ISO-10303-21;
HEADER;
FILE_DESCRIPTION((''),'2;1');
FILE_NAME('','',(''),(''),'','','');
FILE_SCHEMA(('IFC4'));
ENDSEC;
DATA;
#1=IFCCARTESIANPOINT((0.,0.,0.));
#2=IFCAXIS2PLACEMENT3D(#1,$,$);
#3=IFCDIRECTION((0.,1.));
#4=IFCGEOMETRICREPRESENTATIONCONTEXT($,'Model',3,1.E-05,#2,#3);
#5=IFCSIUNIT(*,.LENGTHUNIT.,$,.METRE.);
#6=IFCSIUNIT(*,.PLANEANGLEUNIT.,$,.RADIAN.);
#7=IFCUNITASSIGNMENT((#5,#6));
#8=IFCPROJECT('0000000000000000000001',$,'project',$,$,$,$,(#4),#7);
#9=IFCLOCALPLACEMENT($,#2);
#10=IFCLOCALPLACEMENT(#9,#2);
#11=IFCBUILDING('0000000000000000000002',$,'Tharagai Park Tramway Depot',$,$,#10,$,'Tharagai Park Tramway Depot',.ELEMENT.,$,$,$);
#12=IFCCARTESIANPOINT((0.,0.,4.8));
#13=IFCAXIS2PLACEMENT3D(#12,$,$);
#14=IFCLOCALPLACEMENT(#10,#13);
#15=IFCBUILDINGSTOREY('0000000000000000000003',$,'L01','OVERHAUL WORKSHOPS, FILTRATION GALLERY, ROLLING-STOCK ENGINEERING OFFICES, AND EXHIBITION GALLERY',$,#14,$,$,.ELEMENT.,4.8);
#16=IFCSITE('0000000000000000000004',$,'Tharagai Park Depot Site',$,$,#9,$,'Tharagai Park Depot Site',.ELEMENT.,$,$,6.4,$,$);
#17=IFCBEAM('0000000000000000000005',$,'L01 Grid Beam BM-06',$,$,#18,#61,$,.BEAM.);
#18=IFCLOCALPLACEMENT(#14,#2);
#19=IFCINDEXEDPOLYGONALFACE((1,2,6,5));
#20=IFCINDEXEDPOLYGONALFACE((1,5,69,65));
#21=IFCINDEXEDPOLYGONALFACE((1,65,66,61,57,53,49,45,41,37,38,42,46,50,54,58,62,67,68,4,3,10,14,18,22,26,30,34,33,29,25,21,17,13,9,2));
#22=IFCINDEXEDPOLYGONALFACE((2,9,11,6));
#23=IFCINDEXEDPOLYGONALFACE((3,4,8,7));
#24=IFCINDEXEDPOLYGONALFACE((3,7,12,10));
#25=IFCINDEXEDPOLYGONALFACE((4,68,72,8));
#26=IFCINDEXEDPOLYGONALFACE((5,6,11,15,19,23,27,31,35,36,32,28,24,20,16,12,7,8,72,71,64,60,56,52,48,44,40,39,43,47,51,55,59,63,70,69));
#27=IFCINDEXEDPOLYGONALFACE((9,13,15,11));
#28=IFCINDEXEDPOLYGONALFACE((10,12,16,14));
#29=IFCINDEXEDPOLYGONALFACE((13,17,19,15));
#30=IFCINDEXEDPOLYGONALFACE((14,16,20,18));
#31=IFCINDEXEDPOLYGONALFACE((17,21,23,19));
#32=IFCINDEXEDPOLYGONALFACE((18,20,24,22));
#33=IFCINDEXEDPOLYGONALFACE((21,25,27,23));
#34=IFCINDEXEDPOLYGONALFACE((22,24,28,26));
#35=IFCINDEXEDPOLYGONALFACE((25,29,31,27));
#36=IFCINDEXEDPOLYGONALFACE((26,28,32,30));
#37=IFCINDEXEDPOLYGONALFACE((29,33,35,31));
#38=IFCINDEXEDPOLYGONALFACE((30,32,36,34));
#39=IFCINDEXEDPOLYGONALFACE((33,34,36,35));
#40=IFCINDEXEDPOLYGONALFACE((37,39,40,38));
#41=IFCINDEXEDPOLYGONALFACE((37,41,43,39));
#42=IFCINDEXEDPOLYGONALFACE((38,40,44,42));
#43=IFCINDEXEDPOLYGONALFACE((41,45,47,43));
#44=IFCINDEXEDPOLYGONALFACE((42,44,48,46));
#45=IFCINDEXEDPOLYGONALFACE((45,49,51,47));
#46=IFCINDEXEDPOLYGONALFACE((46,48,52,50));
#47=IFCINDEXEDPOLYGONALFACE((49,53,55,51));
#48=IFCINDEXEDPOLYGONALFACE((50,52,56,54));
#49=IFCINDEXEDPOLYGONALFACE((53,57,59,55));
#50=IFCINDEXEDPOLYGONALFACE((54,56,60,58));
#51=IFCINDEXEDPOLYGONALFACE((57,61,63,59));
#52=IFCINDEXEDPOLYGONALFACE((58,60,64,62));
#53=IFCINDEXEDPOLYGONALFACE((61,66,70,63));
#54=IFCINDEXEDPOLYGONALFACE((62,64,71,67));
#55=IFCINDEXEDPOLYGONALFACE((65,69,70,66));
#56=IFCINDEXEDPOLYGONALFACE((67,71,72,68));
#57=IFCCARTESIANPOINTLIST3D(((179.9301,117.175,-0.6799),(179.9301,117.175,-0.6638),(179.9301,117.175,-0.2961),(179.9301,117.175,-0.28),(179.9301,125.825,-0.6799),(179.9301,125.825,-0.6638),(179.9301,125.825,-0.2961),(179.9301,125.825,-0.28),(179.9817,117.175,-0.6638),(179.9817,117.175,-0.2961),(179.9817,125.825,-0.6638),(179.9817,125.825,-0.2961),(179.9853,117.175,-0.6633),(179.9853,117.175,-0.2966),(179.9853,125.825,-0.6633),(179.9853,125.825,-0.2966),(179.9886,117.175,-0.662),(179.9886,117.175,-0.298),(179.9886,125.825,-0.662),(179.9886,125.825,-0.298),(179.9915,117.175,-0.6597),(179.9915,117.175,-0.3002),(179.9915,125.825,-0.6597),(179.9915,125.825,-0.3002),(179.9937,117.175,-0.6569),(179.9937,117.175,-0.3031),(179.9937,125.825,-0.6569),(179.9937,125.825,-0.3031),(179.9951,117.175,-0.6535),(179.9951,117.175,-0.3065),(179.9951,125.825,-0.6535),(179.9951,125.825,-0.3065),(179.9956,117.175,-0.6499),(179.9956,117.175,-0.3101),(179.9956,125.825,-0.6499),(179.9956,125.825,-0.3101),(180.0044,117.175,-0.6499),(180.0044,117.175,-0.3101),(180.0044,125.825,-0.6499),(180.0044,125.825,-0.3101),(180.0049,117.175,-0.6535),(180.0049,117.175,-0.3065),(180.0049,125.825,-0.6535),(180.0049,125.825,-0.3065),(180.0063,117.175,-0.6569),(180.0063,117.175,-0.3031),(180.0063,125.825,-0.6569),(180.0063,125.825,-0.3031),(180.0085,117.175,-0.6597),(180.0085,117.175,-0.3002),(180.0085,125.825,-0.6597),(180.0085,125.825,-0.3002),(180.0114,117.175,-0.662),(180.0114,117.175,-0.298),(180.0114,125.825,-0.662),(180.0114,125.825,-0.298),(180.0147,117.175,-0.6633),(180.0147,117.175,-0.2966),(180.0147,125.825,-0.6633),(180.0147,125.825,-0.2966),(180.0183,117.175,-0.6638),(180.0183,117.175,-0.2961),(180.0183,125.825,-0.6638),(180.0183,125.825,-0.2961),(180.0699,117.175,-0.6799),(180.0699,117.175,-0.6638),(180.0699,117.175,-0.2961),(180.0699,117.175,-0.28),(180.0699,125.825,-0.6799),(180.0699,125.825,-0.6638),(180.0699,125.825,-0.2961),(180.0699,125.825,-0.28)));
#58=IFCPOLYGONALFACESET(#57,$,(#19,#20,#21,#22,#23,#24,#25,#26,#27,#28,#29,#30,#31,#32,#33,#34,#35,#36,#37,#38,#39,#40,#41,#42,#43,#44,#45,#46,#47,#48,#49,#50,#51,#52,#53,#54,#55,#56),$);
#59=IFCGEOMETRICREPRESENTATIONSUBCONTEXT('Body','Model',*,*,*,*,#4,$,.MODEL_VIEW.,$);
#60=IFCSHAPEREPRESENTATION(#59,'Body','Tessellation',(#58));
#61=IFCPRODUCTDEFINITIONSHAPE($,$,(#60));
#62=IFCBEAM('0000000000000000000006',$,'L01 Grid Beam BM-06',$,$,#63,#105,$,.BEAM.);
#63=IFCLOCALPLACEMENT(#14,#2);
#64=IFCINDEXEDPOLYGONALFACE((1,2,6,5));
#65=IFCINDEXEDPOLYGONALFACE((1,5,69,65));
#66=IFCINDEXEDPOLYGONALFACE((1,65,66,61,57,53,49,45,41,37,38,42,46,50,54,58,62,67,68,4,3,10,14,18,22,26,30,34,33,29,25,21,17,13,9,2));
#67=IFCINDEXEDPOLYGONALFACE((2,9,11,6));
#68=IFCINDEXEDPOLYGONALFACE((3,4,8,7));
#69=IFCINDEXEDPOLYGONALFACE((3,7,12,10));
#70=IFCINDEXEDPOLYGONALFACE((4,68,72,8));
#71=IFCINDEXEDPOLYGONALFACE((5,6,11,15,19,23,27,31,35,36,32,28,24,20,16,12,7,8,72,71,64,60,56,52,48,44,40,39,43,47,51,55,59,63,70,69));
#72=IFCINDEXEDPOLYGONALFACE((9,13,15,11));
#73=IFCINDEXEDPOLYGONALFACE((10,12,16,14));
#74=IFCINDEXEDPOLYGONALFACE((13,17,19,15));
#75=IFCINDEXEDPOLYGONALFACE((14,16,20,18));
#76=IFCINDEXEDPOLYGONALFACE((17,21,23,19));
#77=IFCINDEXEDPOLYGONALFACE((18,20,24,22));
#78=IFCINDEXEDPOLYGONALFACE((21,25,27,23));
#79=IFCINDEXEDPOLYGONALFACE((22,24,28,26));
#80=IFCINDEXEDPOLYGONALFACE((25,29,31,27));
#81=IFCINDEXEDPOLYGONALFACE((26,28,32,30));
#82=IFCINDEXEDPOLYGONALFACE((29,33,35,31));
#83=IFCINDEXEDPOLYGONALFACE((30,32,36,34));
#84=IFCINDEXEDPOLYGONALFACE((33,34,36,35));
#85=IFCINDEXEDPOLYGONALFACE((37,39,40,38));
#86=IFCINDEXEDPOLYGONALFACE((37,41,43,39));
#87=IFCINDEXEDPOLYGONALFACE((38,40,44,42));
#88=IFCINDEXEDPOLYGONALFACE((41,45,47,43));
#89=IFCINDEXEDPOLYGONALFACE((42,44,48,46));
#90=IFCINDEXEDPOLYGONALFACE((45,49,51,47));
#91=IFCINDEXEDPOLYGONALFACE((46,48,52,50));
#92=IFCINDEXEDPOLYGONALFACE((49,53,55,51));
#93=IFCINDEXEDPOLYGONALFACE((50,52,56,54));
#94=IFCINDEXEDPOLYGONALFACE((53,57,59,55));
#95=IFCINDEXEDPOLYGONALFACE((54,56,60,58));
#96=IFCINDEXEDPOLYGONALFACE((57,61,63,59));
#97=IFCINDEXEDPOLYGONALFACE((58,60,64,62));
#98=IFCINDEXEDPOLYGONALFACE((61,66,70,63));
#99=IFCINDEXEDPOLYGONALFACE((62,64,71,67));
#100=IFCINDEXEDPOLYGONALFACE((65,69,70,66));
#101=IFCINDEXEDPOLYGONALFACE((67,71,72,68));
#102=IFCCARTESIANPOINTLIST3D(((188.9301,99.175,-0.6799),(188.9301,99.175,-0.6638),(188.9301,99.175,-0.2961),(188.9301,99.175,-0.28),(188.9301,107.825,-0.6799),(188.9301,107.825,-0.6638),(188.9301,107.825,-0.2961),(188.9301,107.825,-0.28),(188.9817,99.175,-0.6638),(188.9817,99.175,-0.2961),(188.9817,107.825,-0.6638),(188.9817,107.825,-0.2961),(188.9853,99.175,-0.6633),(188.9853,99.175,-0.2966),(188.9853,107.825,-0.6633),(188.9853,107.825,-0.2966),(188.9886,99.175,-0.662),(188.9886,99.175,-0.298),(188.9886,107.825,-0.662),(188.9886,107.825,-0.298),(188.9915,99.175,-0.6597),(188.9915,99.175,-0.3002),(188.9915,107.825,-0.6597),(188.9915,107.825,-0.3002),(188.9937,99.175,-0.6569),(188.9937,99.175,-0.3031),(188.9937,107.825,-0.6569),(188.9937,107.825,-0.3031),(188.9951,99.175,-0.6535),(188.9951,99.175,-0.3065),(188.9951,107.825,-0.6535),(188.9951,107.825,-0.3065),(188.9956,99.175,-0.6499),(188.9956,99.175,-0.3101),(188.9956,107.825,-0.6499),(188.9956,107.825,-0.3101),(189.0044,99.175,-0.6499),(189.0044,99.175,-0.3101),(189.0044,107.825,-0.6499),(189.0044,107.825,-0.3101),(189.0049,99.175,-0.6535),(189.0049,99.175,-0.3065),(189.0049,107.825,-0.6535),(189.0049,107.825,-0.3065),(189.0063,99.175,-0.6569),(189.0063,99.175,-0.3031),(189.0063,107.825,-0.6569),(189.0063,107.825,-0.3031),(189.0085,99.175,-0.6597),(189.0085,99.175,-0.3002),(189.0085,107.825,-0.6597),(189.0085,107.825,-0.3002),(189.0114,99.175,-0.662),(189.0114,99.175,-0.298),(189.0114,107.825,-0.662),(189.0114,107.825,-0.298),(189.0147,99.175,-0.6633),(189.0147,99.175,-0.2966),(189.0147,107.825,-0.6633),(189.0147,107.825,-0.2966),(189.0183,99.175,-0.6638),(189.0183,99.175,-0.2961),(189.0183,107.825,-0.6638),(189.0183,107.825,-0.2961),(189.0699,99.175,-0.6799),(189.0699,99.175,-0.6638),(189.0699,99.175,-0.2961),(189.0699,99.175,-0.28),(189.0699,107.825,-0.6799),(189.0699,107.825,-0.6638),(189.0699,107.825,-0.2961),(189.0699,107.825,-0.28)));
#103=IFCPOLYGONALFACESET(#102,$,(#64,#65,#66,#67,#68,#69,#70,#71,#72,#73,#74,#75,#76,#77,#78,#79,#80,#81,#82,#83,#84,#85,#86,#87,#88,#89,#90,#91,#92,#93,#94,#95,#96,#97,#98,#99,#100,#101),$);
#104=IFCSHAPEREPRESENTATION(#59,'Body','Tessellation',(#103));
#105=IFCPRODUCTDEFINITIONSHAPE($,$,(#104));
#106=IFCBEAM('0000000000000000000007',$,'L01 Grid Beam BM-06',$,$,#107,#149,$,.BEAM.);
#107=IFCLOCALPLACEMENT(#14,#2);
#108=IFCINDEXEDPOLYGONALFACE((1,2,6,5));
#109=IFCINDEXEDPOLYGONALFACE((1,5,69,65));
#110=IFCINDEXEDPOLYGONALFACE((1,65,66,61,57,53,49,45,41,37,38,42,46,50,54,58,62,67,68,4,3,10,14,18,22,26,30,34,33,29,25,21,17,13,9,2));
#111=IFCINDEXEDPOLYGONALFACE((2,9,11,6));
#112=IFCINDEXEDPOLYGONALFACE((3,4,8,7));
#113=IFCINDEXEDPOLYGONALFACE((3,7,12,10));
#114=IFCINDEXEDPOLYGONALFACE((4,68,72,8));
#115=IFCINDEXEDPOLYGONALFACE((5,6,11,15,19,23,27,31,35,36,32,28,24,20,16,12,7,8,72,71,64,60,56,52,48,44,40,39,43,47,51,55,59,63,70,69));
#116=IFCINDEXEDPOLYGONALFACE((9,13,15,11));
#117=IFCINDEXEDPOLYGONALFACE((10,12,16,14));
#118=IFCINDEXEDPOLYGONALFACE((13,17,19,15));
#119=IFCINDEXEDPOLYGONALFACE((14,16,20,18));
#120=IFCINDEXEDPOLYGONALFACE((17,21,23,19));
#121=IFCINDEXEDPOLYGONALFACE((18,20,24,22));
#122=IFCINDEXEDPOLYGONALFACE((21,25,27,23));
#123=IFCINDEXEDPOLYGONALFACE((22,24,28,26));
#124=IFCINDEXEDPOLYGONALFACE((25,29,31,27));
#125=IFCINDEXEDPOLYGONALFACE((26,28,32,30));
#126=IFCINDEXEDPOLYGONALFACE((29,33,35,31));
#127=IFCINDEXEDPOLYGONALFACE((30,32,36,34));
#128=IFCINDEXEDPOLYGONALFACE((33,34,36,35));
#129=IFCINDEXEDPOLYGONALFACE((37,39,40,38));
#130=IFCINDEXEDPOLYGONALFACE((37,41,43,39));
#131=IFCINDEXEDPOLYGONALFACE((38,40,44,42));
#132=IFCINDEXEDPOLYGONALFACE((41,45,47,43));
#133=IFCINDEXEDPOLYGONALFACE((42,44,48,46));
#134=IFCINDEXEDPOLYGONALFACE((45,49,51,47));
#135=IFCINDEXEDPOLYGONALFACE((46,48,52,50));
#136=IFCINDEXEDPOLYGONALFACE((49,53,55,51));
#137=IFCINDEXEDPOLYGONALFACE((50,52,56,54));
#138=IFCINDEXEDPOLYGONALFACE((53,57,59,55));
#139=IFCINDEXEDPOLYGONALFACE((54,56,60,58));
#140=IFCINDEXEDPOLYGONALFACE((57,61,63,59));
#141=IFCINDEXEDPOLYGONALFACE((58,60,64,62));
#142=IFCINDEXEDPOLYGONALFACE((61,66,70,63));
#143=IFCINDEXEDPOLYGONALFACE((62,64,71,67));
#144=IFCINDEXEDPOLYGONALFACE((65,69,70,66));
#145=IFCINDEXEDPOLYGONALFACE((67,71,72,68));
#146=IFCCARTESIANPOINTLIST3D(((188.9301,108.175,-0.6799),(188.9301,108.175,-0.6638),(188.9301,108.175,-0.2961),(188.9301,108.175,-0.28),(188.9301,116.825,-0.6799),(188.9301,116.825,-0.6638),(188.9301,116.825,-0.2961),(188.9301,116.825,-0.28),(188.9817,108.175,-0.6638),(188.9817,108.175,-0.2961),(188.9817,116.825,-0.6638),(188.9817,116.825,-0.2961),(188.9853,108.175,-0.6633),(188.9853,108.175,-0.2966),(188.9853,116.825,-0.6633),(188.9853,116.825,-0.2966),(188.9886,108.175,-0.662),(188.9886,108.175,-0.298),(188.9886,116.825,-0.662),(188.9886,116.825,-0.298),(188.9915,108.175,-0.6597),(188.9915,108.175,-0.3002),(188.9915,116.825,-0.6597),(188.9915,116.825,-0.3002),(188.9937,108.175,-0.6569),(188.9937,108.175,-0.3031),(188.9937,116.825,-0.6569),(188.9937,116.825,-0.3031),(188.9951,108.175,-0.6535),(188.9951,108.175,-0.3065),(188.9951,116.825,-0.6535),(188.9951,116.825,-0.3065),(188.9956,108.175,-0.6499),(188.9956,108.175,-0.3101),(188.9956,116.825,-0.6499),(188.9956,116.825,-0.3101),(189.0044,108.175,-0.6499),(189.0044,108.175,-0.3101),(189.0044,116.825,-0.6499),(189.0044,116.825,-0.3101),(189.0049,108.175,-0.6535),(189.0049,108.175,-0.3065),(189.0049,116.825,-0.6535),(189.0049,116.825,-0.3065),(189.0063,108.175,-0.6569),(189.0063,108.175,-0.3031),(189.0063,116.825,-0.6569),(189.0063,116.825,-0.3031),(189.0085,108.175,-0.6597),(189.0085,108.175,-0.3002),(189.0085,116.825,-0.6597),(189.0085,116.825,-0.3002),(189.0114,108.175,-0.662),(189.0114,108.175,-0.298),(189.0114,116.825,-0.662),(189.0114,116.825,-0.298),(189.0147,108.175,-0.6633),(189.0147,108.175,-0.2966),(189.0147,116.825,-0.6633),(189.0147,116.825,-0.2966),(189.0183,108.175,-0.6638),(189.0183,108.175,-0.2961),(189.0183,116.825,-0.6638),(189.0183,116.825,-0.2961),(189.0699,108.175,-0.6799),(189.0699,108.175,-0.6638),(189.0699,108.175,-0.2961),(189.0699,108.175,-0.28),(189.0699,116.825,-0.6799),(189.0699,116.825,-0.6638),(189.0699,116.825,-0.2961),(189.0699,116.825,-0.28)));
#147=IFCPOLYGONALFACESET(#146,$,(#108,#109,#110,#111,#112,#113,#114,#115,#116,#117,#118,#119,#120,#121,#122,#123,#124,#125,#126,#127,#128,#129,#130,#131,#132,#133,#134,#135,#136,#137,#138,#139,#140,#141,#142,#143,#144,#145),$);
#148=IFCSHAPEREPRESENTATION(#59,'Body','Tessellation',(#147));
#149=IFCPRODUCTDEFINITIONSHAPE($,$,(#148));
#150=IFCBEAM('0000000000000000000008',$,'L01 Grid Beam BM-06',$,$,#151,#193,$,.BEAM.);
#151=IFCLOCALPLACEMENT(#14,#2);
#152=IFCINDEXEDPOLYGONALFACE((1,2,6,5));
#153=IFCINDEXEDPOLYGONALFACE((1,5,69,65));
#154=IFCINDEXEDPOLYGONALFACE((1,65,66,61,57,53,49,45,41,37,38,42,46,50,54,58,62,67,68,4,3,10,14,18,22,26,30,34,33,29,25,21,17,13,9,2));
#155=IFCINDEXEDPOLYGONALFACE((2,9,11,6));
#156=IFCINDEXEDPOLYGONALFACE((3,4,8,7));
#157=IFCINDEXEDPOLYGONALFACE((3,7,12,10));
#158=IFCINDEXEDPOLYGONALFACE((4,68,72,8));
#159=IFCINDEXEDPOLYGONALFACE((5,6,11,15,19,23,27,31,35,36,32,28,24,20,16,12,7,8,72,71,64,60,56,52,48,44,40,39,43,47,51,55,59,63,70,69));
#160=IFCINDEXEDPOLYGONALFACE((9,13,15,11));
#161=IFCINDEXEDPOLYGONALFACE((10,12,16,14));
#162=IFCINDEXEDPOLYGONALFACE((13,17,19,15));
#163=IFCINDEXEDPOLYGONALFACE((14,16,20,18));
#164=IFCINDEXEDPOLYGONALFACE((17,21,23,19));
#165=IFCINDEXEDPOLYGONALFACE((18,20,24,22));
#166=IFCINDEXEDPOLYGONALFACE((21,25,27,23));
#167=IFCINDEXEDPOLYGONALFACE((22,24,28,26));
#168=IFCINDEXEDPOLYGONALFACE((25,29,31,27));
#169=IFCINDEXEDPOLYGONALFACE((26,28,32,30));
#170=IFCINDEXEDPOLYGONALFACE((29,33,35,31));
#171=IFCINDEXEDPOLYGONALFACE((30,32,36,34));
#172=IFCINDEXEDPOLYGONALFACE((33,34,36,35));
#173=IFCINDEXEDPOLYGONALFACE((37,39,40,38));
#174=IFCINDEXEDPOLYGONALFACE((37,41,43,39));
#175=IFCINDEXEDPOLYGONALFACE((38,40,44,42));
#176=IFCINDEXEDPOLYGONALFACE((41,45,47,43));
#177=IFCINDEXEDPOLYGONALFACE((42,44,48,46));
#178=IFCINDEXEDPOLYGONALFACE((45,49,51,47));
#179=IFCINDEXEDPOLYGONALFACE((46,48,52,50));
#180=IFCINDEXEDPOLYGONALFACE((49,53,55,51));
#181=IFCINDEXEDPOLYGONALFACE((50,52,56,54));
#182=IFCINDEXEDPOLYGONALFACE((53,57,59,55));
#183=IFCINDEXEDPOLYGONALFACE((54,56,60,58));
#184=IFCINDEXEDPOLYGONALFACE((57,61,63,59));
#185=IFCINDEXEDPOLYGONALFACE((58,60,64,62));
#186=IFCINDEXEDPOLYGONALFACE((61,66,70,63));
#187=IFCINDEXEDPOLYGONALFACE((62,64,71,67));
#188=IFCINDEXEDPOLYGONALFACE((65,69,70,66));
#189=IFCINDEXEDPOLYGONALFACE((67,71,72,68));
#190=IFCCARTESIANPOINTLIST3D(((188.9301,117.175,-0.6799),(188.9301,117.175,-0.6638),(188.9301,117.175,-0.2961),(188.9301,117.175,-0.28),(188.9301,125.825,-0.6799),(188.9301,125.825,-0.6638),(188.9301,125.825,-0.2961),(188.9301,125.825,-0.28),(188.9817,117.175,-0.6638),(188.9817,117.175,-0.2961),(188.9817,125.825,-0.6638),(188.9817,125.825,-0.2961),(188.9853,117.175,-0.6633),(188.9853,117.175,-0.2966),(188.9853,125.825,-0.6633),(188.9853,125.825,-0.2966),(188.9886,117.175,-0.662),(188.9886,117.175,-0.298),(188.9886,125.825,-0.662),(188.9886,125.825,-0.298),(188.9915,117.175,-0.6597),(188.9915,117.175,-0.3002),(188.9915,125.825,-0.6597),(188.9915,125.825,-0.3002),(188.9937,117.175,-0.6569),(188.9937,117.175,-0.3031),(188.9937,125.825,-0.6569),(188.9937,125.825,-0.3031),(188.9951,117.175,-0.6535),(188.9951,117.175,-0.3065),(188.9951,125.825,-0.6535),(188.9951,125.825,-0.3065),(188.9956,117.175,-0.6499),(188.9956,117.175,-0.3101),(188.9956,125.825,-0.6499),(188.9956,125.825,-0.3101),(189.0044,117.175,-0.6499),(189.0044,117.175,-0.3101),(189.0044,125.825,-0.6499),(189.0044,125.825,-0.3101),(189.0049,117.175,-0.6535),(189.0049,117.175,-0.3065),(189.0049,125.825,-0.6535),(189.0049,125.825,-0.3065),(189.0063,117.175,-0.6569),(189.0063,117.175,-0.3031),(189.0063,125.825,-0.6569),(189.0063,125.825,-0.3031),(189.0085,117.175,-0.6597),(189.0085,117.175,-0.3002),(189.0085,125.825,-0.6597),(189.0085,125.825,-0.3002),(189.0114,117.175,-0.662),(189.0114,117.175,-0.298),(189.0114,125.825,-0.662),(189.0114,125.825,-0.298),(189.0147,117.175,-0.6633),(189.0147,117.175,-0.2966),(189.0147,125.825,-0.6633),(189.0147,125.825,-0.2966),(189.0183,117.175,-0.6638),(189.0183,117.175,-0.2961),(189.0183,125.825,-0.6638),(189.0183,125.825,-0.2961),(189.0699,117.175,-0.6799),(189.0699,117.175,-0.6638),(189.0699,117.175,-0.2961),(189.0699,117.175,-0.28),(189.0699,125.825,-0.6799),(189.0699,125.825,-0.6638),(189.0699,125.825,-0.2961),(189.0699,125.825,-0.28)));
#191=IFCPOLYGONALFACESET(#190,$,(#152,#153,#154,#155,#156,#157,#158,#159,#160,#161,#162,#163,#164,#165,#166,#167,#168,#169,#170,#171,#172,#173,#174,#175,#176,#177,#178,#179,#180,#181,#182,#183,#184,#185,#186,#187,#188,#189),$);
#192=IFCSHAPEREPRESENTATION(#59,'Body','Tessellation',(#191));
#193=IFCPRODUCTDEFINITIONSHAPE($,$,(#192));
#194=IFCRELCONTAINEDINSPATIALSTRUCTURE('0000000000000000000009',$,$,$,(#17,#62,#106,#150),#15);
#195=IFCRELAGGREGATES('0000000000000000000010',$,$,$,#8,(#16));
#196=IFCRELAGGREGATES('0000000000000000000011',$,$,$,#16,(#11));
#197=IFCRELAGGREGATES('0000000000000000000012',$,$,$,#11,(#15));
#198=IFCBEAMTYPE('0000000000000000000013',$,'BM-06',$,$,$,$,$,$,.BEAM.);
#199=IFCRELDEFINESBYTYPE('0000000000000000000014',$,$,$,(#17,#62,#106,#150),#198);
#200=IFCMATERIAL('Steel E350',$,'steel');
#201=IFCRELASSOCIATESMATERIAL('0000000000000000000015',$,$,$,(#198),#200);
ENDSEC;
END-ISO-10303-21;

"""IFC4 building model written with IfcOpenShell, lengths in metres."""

from ifc_helpers import new_model, si_unit, direction, frame, origin, origin_2d, place, context, subcontext, project, spatial, i_section, extrude, material, material_profile, profile_set, type_object, element, save


model = new_model("IFC4")

# Units and contexts
model_context = context("Model", 3, precision=1e-05, world=origin(), true_north=direction((0.0, 1.0)))
body_context = subcontext(model_context, "Body", "Model", "MODEL_VIEW")
ifc_project = project(units=[si_unit("LENGTHUNIT", "METRE"), si_unit("PLANEANGLEUNIT", "RADIAN")], contexts=[model_context])

# Site, building, storey
site_placement = place(None, origin())
site = spatial("IfcSite", under=ifc_project, at=site_placement, Name="Tharagai Park Depot Site", LongName="Tharagai Park Depot Site", CompositionType="ELEMENT", RefElevation=6.4)
building_placement = place(site_placement, origin())
building = spatial("IfcBuilding", under=site, at=building_placement, Name="Tharagai Park Tramway Depot", LongName="Tharagai Park Tramway Depot", CompositionType="ELEMENT")
storey_placement = place(building_placement, frame((0.0, 0.0, 4.8)))
storey = spatial("IfcBuildingStorey", under=building, at=storey_placement, Name="L01", Description="OVERHAUL WORKSHOPS, FILTRATION GALLERY, ROLLING-STOCK ENGINEERING OFFICES, AND EXHIBITION GALLERY", CompositionType="ELEMENT", Elevation=4.8)

# Shared definitions
ifc_material_1 = material(Name="Steel E350", Category="steel")

# Beams
ifc_material_profile_1 = material_profile(ifc_material_1, i_section(OverallWidth=0.1399, OverallDepth=0.3999, WebThickness=0.0088, FlangeThickness=0.0161, FilletRadius=0.0139, at=origin_2d()), Name="ISMB 400")
ifc_profile_set_1 = profile_set([ifc_material_profile_1], Name="Steel E350")
beam_type_1 = type_object("IfcBeamType", Name="BM-06", PredefinedType="BEAM", material=ifc_profile_set_1)
for number, where, z_axis, x_axis, name in (
    (1, (180.0, 117.175, -0.48), (0.0, 1.0, 0.0), (-1.0, 0.0, 0.0), "L01 Grid Beam BM-06"),
    (2, (189.0, 99.175, -0.48), (0.0, 1.0, 0.0), (-1.0, 0.0, 0.0), "L01 Grid Beam BM-06"),
    (3, (189.0, 108.175, -0.48), (0.0, 1.0, 0.0), (-1.0, 0.0, 0.0), "L01 Grid Beam BM-06"),
    (4, (189.0, 117.175, -0.48), (0.0, 1.0, 0.0), (-1.0, 0.0, 0.0), "L01 Grid Beam BM-06"),
):
    element("IfcBeam", number, at=place(storey_placement, frame(where, z_axis=z_axis, x_axis=x_axis)), inside=storey, type_object=beam_type_1, Name=name, PredefinedType="BEAM", context=body_context, shape_type="SweptSolid", body=[
        extrude(i_section(OverallWidth=0.1399, OverallDepth=0.3999, WebThickness=0.0088, FlangeThickness=0.0161, FilletRadius=0.0139, at=origin_2d()), origin(), (0.0, 0.0, 1.0), 8.6499),
    ])

save(model, "model.ifc")
